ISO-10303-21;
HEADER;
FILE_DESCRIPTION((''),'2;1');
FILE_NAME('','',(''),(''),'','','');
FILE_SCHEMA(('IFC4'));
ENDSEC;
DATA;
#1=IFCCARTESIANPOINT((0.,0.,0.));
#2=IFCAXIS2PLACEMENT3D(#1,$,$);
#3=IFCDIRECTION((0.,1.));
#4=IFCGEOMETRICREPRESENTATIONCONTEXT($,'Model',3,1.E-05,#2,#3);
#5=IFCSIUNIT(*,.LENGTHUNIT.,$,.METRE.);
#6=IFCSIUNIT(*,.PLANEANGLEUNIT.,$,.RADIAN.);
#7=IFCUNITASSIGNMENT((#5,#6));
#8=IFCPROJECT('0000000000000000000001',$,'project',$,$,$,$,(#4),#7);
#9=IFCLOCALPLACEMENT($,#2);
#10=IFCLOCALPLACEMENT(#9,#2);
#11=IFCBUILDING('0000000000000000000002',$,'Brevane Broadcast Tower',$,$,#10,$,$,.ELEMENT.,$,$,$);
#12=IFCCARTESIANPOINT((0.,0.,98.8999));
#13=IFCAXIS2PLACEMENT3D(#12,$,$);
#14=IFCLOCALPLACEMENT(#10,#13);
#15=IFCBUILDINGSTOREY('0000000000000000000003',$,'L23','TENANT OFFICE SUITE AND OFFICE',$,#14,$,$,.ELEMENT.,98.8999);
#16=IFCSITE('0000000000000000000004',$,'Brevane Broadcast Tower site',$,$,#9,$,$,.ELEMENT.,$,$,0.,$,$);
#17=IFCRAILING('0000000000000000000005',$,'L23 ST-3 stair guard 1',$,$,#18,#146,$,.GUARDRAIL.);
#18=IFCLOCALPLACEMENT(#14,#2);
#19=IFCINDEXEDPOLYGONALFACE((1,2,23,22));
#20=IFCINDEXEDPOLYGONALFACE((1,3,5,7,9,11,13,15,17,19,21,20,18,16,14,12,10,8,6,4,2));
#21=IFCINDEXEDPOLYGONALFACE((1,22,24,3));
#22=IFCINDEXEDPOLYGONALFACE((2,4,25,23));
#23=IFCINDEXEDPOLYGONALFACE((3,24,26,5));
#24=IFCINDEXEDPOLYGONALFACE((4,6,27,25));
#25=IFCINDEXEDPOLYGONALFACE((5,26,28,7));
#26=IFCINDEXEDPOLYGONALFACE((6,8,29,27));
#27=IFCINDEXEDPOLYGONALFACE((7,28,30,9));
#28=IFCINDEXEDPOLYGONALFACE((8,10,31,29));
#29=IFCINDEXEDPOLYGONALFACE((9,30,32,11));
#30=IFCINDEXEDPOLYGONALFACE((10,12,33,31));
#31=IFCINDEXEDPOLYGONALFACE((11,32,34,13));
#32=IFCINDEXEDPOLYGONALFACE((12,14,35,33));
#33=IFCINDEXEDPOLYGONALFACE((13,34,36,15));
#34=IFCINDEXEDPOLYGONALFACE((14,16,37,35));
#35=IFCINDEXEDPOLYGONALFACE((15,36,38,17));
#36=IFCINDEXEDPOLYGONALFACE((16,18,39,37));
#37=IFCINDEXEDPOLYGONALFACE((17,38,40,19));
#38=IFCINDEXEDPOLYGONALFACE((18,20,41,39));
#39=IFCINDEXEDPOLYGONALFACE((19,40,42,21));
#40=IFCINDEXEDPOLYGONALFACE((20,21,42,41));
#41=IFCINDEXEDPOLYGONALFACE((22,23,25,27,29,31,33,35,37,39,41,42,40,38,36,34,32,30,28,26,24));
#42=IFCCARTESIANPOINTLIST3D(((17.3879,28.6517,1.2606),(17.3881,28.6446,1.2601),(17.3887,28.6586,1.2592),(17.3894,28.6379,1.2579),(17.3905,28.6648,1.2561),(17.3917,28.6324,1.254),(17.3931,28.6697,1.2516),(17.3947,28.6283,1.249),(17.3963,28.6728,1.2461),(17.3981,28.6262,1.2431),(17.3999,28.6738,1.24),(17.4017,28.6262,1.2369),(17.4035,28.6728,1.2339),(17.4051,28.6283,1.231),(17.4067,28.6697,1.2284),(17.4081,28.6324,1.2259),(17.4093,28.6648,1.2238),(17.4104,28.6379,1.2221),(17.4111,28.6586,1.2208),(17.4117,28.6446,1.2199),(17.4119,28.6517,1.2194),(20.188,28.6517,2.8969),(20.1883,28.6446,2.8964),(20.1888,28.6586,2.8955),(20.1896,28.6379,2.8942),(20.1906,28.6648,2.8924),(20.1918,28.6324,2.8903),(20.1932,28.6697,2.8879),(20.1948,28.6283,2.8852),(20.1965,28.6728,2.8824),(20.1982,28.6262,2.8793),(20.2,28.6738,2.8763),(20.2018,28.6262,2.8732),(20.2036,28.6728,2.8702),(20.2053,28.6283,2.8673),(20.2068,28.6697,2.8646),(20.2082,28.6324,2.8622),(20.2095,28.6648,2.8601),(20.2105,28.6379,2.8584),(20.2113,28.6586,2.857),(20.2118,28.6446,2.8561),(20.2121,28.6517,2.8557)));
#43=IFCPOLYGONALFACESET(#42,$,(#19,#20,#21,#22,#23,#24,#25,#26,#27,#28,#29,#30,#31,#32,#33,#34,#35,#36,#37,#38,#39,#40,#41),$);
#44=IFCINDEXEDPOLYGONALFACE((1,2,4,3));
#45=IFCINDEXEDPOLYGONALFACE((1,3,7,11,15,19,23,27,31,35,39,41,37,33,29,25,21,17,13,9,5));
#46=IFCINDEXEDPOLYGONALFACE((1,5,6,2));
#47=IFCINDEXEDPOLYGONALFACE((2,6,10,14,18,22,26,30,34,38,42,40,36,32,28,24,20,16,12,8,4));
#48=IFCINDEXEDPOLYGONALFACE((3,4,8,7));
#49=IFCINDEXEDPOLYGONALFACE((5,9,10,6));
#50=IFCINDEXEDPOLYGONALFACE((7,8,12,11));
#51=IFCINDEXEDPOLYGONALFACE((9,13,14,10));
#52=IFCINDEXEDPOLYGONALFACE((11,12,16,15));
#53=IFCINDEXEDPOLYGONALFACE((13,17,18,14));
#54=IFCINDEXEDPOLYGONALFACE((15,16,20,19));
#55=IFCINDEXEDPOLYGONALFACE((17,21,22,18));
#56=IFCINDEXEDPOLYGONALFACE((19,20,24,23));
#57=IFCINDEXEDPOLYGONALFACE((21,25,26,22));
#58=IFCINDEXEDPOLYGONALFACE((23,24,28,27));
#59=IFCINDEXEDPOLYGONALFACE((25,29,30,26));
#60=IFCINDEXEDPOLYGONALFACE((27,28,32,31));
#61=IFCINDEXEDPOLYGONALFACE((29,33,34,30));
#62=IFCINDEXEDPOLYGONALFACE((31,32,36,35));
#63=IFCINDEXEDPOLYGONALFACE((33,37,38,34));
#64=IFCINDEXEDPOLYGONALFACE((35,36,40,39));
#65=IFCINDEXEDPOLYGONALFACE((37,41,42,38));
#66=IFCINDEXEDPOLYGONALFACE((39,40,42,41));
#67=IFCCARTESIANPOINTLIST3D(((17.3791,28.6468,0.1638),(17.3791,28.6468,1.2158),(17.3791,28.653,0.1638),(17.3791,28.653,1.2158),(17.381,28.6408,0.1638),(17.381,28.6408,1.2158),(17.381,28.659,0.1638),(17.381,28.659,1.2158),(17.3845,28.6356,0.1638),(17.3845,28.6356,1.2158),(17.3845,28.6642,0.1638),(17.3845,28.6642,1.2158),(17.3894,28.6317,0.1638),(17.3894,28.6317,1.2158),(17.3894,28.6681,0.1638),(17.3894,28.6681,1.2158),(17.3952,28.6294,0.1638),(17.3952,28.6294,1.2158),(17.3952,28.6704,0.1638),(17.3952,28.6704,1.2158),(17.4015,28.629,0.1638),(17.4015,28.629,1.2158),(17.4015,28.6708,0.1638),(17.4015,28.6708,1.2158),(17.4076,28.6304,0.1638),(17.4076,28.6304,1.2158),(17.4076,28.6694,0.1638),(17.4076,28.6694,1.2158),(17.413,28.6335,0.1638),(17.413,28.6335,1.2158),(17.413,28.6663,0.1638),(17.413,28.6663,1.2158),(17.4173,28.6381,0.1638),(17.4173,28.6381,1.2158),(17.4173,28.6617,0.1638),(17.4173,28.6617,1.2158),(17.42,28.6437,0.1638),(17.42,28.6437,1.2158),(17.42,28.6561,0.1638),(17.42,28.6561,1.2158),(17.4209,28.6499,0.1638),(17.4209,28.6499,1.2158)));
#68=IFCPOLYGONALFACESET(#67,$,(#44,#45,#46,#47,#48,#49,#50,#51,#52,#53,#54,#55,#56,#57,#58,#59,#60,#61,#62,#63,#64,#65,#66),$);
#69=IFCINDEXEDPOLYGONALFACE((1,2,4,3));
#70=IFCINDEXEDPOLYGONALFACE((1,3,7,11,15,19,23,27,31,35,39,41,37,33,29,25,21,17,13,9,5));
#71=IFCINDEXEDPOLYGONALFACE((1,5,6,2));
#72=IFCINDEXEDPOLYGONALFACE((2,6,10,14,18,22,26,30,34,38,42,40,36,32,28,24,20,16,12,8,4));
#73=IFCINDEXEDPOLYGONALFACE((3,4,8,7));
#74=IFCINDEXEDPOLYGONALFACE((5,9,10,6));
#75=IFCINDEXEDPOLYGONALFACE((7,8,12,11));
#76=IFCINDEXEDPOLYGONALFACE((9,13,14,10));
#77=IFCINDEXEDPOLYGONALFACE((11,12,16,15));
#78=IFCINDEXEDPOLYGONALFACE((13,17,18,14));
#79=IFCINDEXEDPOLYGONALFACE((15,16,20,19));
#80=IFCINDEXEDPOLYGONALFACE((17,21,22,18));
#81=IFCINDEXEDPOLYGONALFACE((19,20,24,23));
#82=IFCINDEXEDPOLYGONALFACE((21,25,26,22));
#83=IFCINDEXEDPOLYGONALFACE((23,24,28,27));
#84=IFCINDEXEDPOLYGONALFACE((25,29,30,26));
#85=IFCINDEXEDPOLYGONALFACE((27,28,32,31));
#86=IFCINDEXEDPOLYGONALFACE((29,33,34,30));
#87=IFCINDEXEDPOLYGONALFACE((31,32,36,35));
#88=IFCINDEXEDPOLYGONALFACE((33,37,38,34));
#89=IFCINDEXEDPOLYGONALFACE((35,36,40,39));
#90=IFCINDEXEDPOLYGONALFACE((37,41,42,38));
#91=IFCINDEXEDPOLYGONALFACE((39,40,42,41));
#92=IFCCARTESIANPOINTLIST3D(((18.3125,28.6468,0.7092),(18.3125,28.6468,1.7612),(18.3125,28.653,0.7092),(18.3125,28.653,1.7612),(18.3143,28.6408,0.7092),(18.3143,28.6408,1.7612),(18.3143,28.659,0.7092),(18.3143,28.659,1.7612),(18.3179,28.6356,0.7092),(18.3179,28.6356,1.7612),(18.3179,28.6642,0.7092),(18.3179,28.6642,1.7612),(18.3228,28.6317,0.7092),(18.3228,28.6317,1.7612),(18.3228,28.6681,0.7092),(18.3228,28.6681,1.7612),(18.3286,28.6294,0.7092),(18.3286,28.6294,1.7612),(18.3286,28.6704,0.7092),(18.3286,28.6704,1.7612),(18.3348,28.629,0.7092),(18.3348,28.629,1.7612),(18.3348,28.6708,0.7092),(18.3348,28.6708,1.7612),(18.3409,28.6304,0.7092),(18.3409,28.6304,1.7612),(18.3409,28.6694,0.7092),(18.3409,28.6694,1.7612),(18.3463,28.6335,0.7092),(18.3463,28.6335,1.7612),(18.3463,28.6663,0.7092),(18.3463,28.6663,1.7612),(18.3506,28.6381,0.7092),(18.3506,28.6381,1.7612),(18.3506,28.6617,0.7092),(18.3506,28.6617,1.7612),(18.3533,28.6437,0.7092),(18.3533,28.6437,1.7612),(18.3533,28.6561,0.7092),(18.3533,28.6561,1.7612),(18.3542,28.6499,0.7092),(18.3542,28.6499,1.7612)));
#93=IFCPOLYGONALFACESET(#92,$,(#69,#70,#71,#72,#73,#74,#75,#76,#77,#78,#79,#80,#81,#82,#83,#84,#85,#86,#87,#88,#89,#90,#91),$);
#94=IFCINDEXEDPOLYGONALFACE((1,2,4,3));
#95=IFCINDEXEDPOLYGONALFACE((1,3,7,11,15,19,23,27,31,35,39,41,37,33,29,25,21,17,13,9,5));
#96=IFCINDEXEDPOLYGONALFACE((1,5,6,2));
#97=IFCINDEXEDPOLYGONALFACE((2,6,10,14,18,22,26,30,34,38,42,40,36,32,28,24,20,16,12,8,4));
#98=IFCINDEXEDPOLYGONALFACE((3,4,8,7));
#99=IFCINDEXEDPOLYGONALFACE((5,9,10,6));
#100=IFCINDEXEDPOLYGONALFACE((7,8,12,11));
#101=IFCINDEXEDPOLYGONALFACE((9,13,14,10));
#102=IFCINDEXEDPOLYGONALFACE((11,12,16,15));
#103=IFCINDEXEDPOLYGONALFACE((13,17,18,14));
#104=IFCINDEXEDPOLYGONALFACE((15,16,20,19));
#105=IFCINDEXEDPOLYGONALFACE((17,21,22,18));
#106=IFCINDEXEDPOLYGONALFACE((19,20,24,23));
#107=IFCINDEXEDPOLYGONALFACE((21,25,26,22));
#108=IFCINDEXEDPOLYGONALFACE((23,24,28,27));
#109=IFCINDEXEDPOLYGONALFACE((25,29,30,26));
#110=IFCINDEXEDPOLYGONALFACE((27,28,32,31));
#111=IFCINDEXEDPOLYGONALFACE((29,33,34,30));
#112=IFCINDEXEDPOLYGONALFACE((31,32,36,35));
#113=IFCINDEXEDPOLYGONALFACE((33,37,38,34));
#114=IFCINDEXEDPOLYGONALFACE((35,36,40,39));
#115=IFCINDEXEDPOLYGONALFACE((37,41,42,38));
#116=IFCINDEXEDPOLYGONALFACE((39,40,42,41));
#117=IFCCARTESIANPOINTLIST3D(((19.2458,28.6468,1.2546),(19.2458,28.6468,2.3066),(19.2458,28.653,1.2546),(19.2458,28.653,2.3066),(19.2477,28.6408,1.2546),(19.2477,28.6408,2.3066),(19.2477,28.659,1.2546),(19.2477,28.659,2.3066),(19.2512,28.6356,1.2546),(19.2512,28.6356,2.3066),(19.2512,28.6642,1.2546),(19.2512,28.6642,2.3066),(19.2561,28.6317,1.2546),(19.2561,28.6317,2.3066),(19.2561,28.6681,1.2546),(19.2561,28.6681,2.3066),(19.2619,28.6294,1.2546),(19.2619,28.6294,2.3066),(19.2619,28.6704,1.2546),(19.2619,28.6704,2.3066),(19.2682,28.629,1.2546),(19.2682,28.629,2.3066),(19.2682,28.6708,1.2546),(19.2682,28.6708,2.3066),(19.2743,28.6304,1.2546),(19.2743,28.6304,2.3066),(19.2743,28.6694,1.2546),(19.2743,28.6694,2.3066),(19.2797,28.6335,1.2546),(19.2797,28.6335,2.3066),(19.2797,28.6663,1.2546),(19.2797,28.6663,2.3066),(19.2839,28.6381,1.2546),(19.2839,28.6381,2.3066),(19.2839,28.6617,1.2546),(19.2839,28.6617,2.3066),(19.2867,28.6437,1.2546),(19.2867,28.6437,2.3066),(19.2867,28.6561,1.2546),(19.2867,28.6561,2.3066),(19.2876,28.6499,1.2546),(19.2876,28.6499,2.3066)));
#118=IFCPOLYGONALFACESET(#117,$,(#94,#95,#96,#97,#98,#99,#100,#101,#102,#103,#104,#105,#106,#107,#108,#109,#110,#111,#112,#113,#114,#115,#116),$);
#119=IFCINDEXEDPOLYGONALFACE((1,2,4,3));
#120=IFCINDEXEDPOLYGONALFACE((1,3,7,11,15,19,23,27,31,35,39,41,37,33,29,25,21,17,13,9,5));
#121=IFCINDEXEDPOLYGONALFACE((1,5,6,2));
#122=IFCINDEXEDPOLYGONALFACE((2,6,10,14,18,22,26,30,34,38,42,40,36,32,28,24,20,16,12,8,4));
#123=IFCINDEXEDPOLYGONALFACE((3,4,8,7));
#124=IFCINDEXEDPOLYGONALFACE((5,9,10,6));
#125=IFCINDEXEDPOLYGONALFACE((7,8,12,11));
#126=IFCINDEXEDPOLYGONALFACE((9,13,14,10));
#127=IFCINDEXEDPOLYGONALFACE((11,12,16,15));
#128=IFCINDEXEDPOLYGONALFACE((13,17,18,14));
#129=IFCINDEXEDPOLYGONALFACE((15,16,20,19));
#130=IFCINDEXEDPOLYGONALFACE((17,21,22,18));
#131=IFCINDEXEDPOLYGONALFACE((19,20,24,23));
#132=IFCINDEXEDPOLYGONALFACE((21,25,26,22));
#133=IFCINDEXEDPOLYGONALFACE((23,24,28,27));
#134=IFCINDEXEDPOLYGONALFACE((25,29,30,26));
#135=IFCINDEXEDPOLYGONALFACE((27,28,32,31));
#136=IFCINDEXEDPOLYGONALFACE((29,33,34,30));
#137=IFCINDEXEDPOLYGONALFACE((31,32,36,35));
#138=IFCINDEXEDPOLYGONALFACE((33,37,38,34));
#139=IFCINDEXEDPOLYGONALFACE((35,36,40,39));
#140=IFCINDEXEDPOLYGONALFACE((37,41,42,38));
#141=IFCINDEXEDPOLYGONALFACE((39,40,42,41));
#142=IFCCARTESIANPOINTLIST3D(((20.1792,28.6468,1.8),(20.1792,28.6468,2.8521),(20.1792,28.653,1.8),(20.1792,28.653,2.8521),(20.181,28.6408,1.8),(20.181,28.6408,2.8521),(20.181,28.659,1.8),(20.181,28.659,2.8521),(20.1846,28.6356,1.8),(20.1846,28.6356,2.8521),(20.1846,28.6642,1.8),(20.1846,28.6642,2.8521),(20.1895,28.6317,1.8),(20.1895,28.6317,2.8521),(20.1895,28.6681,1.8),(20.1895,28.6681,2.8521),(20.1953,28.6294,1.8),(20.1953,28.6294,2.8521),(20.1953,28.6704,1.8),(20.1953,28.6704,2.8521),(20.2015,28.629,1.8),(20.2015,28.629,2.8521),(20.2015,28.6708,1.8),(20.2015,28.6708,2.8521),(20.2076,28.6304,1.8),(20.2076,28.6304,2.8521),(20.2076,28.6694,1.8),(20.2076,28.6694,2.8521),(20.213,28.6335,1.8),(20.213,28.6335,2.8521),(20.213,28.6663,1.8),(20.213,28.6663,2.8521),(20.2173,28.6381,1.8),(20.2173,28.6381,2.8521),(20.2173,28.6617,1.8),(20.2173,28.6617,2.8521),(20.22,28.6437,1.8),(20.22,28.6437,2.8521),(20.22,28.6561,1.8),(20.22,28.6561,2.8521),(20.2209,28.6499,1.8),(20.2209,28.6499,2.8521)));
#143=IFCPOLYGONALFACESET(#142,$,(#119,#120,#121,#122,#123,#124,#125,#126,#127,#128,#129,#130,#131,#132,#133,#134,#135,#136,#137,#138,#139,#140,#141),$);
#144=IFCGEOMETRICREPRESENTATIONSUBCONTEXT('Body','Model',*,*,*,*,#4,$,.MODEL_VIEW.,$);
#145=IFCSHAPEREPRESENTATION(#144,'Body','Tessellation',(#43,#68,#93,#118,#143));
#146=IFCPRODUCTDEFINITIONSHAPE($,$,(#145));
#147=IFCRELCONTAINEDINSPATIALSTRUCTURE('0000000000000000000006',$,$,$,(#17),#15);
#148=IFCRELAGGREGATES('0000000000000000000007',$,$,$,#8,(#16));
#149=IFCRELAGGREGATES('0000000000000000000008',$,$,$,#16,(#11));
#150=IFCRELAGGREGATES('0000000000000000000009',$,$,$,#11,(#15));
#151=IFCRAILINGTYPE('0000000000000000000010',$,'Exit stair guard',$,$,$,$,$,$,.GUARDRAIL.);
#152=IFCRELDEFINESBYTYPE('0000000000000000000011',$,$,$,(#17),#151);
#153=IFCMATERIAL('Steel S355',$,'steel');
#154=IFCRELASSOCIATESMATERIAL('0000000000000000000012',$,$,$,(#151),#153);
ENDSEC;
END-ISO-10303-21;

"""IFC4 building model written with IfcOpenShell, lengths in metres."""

from ifc_helpers import new_model, si_unit, direction, frame, origin, origin_2d, place, context, subcontext, project, spatial, circle, extrude, material, type_object, element, save


model = new_model("IFC4")

# Units and contexts
model_context = context("Model", 3, precision=1e-05, world=origin(), true_north=direction((0.0, 1.0)))
body_context = subcontext(model_context, "Body", "Model", "MODEL_VIEW")
ifc_project = project(units=[si_unit("LENGTHUNIT", "METRE"), si_unit("PLANEANGLEUNIT", "RADIAN")], contexts=[model_context])

# Site, building, storey
site_placement = place(None, origin())
site = spatial("IfcSite", under=ifc_project, at=site_placement, Name="Brevane Broadcast Tower site", CompositionType="ELEMENT", RefElevation=0.0)
building_placement = place(site_placement, origin())
building = spatial("IfcBuilding", under=site, at=building_placement, Name="Brevane Broadcast Tower", CompositionType="ELEMENT")
storey_placement = place(building_placement, frame((0.0, 0.0, 98.8999)))
storey = spatial("IfcBuildingStorey", under=building, at=storey_placement, Name="L23", Description="TENANT OFFICE SUITE AND OFFICE", CompositionType="ELEMENT", Elevation=98.8999)

# Railing
ifc_material_1 = material(Name="Steel S355", Category="steel")
railing_type_1 = type_object("IfcRailingType", Name="Exit stair guard", PredefinedType="GUARDRAIL", material=ifc_material_1)
railing_1_placement = place(storey_placement, frame((17.3999, 28.6499, 0.1638)))
element("IfcRailing", 1, at=railing_1_placement, inside=storey, type_object=railing_type_1, Name="L23 ST-3 stair guard 1", PredefinedType="GUARDRAIL", context=body_context, shape_type="SweptSolid", body=[
    extrude(circle(Radius=0.0239, at=origin_2d()), frame((0.0, 0.0, 1.0762), z_axis=(0.863394, 0.0, 0.504531), x_axis=(0.0, 1.0, 0.0)), (0.0, 0.0, 1.0), 3.2432),
    extrude(circle(Radius=0.021, at=origin_2d()), origin(), (0.0, 0.0, 1.0), 1.052),
    extrude(circle(Radius=0.021, at=origin_2d()), frame((0.9333, 0.0, 0.5454)), (0.0, 0.0, 1.0), 1.052),
    extrude(circle(Radius=0.021, at=origin_2d()), frame((1.8667, 0.0, 1.0908)), (0.0, 0.0, 1.0), 1.052),
    extrude(circle(Radius=0.021, at=origin_2d()), frame((2.8, 0.0, 1.6362)), (0.0, 0.0, 1.0), 1.052),
])

save(model, "model.ifc")
